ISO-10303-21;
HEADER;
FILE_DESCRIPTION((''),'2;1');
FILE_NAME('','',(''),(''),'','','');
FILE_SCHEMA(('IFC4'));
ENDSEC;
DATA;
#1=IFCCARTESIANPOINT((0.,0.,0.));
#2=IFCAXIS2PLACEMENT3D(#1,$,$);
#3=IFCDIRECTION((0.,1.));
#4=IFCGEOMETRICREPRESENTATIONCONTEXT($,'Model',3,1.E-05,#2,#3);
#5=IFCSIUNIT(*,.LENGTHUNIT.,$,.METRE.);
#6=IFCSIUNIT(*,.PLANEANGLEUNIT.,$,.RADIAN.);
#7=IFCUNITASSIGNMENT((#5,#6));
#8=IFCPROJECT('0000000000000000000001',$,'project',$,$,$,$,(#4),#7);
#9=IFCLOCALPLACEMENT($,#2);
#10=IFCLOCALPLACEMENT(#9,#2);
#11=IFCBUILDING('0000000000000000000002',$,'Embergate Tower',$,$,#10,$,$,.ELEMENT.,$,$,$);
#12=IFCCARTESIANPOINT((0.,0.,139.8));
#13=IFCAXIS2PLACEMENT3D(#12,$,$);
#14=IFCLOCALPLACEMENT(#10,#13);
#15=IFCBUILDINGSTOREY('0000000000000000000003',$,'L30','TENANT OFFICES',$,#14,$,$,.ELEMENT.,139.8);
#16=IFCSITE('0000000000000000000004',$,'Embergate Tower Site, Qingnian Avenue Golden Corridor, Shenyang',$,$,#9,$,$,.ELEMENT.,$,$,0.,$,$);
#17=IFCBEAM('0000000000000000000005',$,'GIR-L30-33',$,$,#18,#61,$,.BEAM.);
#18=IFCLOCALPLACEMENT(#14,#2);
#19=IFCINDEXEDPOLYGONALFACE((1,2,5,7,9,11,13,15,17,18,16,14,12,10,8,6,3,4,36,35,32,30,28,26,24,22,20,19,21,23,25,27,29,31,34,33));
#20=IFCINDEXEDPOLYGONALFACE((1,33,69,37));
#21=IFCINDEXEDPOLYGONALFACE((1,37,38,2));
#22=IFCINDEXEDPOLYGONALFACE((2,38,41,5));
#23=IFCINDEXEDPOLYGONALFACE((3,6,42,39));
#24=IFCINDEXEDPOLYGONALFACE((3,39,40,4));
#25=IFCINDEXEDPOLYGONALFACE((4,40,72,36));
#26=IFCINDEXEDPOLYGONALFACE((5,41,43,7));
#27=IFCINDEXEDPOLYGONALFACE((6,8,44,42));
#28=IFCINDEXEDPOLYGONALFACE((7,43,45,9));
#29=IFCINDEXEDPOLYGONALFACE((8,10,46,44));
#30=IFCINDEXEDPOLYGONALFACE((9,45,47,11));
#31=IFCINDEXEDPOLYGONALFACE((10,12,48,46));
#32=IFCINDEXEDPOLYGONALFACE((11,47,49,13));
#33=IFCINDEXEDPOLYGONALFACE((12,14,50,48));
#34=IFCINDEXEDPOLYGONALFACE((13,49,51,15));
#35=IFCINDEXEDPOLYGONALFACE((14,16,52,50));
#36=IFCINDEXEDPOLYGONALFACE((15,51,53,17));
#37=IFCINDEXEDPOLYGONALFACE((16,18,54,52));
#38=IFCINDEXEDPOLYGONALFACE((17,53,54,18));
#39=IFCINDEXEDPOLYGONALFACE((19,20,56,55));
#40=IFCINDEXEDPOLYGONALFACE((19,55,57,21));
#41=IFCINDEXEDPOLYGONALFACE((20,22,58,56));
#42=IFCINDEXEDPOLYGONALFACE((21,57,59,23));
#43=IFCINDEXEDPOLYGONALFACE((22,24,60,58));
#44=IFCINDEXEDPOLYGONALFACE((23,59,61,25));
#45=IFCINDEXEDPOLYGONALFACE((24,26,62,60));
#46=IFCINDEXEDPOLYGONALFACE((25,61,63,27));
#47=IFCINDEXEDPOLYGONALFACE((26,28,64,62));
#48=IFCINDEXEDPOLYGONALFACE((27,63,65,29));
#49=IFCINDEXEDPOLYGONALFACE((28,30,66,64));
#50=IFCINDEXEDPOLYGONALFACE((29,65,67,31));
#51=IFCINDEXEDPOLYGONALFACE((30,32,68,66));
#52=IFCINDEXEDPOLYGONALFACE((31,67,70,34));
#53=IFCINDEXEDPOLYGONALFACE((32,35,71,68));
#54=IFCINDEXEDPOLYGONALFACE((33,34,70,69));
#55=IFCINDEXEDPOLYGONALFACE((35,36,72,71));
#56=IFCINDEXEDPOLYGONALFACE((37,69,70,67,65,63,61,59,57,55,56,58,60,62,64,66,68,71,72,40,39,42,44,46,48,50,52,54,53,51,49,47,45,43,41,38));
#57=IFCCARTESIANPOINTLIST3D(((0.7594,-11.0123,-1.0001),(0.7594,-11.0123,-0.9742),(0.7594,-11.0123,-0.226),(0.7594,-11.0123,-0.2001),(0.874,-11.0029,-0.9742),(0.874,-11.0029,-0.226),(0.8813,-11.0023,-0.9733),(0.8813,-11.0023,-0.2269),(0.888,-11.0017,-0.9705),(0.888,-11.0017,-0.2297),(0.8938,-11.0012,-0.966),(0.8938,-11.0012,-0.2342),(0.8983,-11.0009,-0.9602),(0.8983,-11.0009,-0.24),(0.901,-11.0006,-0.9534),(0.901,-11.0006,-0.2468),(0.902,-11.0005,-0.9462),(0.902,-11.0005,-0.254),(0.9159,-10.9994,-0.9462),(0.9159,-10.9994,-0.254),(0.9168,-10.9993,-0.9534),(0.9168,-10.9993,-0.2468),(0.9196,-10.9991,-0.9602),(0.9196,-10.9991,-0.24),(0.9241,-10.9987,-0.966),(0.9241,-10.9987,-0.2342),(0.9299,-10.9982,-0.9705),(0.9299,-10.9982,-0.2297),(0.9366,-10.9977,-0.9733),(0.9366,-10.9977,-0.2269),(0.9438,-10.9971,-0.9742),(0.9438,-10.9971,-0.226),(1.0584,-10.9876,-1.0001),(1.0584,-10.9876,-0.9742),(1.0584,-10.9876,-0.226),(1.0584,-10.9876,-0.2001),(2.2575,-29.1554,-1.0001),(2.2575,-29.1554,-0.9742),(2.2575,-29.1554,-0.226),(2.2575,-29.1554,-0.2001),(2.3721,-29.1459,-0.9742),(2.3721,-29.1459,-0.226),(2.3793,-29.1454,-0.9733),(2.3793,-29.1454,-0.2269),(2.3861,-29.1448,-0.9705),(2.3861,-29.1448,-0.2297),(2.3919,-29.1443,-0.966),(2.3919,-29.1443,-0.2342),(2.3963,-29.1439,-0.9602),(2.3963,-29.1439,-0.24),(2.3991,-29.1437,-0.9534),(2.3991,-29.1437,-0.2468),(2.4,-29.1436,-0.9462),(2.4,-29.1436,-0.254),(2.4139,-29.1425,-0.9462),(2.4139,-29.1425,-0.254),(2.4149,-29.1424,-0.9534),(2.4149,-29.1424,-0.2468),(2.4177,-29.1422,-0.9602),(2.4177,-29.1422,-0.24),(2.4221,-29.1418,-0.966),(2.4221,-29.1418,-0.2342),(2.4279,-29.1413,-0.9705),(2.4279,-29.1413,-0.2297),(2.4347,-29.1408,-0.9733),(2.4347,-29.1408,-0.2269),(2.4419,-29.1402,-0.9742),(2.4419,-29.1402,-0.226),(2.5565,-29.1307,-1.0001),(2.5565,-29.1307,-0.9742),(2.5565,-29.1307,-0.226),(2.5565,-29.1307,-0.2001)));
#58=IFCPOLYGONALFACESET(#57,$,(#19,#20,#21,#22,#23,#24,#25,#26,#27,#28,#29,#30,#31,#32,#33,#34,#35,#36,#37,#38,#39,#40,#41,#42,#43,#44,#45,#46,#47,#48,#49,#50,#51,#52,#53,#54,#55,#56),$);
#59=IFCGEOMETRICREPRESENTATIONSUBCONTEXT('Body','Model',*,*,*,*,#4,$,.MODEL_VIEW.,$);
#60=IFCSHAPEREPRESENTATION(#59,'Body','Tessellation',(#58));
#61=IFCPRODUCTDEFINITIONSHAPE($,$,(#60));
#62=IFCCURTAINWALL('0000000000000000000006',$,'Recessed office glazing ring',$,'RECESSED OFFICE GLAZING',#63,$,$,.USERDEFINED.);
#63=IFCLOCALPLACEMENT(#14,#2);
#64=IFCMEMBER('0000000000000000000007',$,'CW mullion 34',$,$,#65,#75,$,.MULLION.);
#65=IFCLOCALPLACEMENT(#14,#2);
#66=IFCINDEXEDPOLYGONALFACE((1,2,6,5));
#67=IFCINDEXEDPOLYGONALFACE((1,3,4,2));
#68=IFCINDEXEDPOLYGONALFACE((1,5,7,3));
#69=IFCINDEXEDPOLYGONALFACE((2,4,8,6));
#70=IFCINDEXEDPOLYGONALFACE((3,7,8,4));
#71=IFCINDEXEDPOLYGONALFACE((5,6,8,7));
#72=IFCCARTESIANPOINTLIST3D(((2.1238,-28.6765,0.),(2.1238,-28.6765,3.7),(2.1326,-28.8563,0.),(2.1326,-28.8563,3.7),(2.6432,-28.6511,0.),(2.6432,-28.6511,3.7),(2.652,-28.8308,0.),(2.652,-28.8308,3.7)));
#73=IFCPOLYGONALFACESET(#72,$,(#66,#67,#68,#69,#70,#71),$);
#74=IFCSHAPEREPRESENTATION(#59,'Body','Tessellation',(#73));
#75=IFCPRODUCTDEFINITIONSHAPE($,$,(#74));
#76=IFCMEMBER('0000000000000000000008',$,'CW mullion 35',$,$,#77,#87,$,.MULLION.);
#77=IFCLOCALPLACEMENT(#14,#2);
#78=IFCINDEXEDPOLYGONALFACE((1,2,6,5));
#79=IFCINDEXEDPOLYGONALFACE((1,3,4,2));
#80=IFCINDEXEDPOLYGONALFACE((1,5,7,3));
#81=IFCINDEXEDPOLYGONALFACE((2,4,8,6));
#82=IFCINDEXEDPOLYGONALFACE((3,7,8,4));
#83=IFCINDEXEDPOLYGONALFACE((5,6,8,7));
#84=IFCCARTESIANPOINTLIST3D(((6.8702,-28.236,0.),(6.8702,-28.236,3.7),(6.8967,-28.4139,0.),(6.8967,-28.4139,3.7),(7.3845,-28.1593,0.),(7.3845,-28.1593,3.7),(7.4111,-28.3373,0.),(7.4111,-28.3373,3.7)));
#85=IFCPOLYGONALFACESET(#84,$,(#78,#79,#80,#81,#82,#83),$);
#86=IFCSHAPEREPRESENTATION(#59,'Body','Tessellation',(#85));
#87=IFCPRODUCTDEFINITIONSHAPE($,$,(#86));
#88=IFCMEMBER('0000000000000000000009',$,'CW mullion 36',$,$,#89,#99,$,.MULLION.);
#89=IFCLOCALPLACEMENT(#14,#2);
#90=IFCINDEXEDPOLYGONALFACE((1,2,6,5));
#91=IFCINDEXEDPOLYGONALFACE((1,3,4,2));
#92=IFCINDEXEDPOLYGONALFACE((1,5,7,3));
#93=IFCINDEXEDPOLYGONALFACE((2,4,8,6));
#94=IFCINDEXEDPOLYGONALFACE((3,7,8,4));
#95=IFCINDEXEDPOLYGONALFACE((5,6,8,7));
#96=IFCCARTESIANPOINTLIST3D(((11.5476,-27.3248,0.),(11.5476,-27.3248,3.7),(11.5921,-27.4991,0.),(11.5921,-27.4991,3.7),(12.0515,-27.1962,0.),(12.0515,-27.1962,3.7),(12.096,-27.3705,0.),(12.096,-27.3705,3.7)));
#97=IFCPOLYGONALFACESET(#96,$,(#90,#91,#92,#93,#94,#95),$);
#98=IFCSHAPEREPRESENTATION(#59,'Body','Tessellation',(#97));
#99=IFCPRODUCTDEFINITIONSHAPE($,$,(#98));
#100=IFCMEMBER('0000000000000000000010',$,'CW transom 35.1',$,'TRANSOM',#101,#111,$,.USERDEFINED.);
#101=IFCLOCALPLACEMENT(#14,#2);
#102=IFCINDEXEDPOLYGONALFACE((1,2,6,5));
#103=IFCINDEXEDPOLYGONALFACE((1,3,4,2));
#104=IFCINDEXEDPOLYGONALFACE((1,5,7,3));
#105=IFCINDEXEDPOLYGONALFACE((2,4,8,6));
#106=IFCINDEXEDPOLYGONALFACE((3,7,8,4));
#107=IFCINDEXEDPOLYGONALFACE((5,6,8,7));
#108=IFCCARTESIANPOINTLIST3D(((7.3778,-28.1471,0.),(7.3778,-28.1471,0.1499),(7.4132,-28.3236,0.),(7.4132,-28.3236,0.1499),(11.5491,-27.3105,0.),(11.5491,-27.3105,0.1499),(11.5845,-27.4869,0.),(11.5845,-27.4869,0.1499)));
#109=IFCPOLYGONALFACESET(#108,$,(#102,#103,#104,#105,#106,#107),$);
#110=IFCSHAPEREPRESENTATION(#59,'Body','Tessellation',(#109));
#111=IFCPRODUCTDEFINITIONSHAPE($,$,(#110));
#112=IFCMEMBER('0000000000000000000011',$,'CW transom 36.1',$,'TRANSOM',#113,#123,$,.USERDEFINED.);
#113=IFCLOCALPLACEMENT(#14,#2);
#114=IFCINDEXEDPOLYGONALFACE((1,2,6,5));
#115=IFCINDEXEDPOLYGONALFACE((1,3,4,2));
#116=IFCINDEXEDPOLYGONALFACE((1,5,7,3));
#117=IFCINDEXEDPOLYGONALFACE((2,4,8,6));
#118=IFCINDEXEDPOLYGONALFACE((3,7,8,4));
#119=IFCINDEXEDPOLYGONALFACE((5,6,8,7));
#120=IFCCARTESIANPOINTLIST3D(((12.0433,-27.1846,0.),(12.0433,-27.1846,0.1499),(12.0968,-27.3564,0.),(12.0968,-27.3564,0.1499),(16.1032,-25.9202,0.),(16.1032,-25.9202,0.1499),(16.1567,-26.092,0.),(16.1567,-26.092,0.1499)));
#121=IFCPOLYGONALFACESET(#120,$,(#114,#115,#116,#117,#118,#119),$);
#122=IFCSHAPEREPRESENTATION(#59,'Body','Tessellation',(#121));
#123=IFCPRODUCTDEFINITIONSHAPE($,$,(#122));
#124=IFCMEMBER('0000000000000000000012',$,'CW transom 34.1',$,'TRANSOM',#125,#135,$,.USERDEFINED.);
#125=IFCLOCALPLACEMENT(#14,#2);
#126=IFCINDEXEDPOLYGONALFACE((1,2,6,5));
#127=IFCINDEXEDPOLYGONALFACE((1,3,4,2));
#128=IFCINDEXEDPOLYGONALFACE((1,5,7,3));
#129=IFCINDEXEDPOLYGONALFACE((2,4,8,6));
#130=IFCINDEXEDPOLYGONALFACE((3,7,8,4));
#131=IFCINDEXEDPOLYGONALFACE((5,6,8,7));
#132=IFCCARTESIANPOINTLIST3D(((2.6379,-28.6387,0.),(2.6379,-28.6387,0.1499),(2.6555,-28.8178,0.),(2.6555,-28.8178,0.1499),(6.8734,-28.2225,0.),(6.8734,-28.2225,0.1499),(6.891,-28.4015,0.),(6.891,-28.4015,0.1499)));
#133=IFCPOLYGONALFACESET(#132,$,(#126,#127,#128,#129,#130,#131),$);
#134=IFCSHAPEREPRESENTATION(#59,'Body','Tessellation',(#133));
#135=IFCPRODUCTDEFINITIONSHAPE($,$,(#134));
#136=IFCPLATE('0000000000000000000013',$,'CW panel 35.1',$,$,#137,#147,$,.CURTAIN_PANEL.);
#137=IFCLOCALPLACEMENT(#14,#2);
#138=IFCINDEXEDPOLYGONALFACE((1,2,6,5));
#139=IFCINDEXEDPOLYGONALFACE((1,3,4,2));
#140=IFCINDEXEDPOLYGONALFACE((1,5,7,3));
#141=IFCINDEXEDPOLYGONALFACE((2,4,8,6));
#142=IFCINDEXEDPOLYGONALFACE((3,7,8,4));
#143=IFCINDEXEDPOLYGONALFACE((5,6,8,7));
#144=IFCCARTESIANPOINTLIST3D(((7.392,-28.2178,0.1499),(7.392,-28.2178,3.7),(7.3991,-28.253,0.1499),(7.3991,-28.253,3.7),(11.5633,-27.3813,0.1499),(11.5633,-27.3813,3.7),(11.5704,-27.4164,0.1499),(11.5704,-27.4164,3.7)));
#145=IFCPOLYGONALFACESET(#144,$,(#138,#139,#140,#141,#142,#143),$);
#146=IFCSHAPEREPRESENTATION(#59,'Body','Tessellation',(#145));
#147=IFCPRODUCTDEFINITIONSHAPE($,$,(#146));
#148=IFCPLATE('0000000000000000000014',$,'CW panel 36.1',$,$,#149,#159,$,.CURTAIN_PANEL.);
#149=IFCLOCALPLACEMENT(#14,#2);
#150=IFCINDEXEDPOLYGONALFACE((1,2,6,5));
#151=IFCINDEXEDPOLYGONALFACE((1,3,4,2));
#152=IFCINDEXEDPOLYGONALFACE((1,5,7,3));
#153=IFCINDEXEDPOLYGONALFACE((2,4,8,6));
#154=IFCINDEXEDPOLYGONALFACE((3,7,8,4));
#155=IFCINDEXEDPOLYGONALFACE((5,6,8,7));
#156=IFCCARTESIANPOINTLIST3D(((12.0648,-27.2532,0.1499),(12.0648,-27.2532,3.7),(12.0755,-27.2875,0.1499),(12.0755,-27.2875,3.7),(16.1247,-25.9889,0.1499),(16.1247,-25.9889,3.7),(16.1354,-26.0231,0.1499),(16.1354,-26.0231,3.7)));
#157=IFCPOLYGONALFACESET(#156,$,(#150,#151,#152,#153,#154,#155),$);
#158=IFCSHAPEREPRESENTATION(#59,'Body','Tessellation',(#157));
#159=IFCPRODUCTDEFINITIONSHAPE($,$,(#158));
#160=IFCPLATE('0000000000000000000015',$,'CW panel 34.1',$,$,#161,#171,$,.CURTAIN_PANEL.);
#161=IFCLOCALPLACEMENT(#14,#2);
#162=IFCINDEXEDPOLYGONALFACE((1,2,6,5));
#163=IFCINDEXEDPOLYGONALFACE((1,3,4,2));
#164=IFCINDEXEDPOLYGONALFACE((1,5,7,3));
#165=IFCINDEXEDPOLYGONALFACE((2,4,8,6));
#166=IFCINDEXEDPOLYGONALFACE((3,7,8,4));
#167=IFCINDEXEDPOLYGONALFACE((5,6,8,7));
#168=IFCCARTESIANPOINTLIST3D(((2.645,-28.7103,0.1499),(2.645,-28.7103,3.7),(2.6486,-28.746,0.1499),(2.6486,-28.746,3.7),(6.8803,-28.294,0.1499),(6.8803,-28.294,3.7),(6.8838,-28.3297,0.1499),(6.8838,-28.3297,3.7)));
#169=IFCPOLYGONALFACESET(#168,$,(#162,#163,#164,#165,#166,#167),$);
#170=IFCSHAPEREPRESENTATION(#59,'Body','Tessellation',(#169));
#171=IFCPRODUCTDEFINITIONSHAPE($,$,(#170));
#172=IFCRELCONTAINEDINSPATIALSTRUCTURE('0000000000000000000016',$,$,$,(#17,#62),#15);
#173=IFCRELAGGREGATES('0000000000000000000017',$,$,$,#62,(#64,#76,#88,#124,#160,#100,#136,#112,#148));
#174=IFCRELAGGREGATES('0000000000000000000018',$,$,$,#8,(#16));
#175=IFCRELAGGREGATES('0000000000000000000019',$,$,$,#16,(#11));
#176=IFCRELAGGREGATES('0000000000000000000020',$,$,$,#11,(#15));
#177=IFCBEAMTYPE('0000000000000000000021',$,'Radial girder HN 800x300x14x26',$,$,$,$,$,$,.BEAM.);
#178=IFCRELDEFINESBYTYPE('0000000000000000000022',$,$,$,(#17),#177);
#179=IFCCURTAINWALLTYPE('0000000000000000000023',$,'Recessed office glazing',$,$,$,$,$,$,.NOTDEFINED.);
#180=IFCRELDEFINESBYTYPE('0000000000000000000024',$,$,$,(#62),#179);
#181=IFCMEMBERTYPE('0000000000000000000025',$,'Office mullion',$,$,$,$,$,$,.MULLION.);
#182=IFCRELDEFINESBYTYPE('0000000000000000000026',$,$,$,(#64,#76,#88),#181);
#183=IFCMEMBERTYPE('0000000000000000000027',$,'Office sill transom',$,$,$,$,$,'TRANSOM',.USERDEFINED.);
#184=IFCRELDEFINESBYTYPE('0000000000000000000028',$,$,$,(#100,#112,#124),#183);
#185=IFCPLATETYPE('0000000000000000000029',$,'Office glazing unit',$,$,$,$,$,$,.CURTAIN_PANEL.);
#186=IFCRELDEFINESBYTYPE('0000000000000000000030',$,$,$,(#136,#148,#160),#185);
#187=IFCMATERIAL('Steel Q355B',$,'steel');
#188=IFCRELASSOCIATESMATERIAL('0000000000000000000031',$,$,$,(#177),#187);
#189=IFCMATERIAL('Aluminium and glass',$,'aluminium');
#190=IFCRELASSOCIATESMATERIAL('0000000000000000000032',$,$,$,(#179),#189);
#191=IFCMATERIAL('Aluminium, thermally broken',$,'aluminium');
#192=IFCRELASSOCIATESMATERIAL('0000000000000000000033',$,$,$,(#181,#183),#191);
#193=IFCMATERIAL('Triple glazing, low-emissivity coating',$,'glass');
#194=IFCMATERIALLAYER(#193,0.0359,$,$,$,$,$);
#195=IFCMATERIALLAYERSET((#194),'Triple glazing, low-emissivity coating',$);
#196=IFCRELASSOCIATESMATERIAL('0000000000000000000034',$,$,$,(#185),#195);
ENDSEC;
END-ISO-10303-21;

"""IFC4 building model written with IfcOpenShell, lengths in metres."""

from ifc_helpers import new_model, si_unit, direction, frame, origin, origin_2d, place, context, subcontext, project, spatial, rectangle, i_section, extrude, source, transform, mapped, material, layer, layer_set, material_profile, profile_set, type_object, element, aggregate, save


model = new_model("IFC4")

# Units and contexts
model_context = context("Model", 3, precision=1e-05, world=origin(), true_north=direction((0.0, 1.0)))
body_context = subcontext(model_context, "Body", "Model", "MODEL_VIEW")
ifc_project = project(units=[si_unit("LENGTHUNIT", "METRE"), si_unit("PLANEANGLEUNIT", "RADIAN")], contexts=[model_context])

# Site, building, storey
site_placement = place(None, origin())
site = spatial("IfcSite", under=ifc_project, at=site_placement, Name="Embergate Tower Site, Qingnian Avenue Golden Corridor, Shenyang", CompositionType="ELEMENT", RefElevation=0.0)
building_placement = place(site_placement, origin())
building = spatial("IfcBuilding", under=site, at=building_placement, Name="Embergate Tower", CompositionType="ELEMENT")
storey_placement = place(building_placement, frame((0.0, 0.0, 139.8)))
storey = spatial("IfcBuildingStorey", under=building, at=storey_placement, Name="L30", Description="TENANT OFFICES", CompositionType="ELEMENT", Elevation=139.8)

# Beam
ifc_material_1 = material(Name="Steel Q355B", Category="steel")
ifc_material_profile_1 = material_profile(ifc_material_1, i_section(OverallWidth=0.3, OverallDepth=0.8, WebThickness=0.0139, FlangeThickness=0.0259, FilletRadius=0.0281, at=origin_2d()), Name="HN 800x300x14x26")
ifc_profile_set_1 = profile_set([ifc_material_profile_1], Name="Steel Q355 grade B")
beam_type_1 = type_object("IfcBeamType", Name="Radial girder HN 800x300x14x26", PredefinedType="BEAM", material=ifc_profile_set_1)
shared_shape_1 = source(origin(), body_context, "Body", "SweptSolid", [
    extrude(i_section(OverallWidth=0.3, OverallDepth=0.8, WebThickness=0.0139, FlangeThickness=0.0259, FilletRadius=0.0281, at=origin_2d()), origin(), (0.0, 0.0, 1.0), 18.2048),
])
beam_1_placement = place(storey_placement, frame((2.407, -29.1431, -0.6001), z_axis=(-0.082289, 0.996609, 0.0), x_axis=(-0.996609, -0.082289, 0.0)))
element("IfcBeam", 1, at=beam_1_placement, inside=storey, type_object=beam_type_1, Name="GIR-L30-33", PredefinedType="BEAM", context=body_context, shape_type="MappedRepresentation", body=[
    mapped(shared_shape_1, transform((0.0, 0.0, 0.0))),
])

# Curtain wall, members
ifc_material_2 = material(Name="Aluminium and glass", Category="aluminium")
curtain_wall_type = type_object("IfcCurtainWallType", Name="Recessed office glazing", PredefinedType="NOTDEFINED", material=ifc_material_2)
curtain_wall_placement = place(storey_placement, origin())
curtain_wall = element("IfcCurtainWall", 2, at=curtain_wall_placement, inside=storey, type_object=curtain_wall_type, Name="Recessed office glazing ring", ObjectType="RECESSED OFFICE GLAZING", PredefinedType="USERDEFINED")
ifc_material_3 = material(Name="Aluminium, thermally broken", Category="aluminium")
ifc_material_profile_2 = material_profile(ifc_material_3, rectangle(XDim=0.1799, YDim=0.52, at=origin_2d()), Name="AL 520x180")
ifc_profile_set_2 = profile_set([ifc_material_profile_2], Name="Aluminium, thermally broken")
member_type_1 = type_object("IfcMemberType", Name="Office mullion", PredefinedType="MULLION", material=ifc_profile_set_2)
shared_shape_2 = source(origin(), body_context, "Body", "SweptSolid", [
    extrude(rectangle(XDim=0.1799, YDim=0.52, at=origin_2d()), origin(), (0.0, 0.0, 1.0), 3.7),
])
member_1_placement = place(storey_placement, frame((2.3879, -28.7537, 0.0), z_axis=(0.0, 0.0, 1.0), x_axis=(-0.048972, 0.9988, 0.0)))
member_1 = element("IfcMember", 3, at=member_1_placement, type_object=member_type_1, Name="CW mullion 34", PredefinedType="MULLION", context=body_context, shape_type="MappedRepresentation", body=[
    mapped(shared_shape_2, transform((0.0, 0.0, 0.0))),
])
member_2_placement = place(storey_placement, frame((7.1406, -28.2866, 0.0), z_axis=(0.0, 0.0, 1.0), x_axis=(-0.147411, 0.989075, 0.0)))
member_2 = element("IfcMember", 4, at=member_2_placement, type_object=member_type_1, Name="CW mullion 35", PredefinedType="MULLION", context=body_context, shape_type="MappedRepresentation", body=[
    mapped(shared_shape_2, transform((0.0, 0.0, 0.0))),
])
member_3_placement = place(storey_placement, frame((11.8218, -27.3477, 0.0), z_axis=(0.0, 0.0, 1.0), x_axis=(-0.24731, 0.968936, 0.0)))
member_3 = element("IfcMember", 5, at=member_3_placement, type_object=member_type_1, Name="CW mullion 36", PredefinedType="MULLION", context=body_context, shape_type="MappedRepresentation", body=[
    mapped(shared_shape_2, transform((0.0, 0.0, 0.0))),
])
ifc_material_profile_3 = material_profile(ifc_material_3, rectangle(XDim=0.1799, YDim=0.1499, at=origin_2d()), Name="AL 150x180")
ifc_profile_set_3 = profile_set([ifc_material_profile_3], Name="Aluminium, thermally broken")
member_type_2 = type_object("IfcMemberType", Name="Office sill transom", ElementType="TRANSOM", PredefinedType="USERDEFINED", material=ifc_profile_set_3)
shared_shape_3 = source(origin(), body_context, "Body", "SweptSolid", [
    extrude(rectangle(XDim=0.1799, YDim=0.1499, at=origin_2d()), origin(), (0.0, 0.0, 1.0), 4.2544),
])
member_4_placement = place(storey_placement, frame((7.3955, -28.2354, 0.075), z_axis=(0.980472, 0.196657, 0.0), x_axis=(-0.196657, 0.980472, 0.0)))
member_4 = element("IfcMember", 6, at=member_4_placement, type_object=member_type_2, Name="CW transom 35.1", ObjectType="TRANSOM", PredefinedType="USERDEFINED", context=body_context, shape_type="MappedRepresentation", body=[
    mapped(shared_shape_3, transform((0.0, 0.0, 0.0))),
])
shared_shape_4 = source(origin(), body_context, "Body", "SweptSolid", [
    extrude(rectangle(XDim=0.1799, YDim=0.1499, at=origin_2d()), origin(), (0.0, 0.0, 1.0), 4.2522),
])
member_5_placement = place(storey_placement, frame((12.0701, -27.2705, 0.075), z_axis=(0.954767, 0.297356, 0.0), x_axis=(-0.297356, 0.954767, 0.0)))
member_5 = element("IfcMember", 7, at=member_5_placement, type_object=member_type_2, Name="CW transom 36.1", ObjectType="TRANSOM", PredefinedType="USERDEFINED", context=body_context, shape_type="MappedRepresentation", body=[
    mapped(shared_shape_4, transform((0.0, 0.0, 0.0))),
])
shared_shape_5 = source(origin(), body_context, "Body", "SweptSolid", [
    extrude(rectangle(XDim=0.1799, YDim=0.1499, at=origin_2d()), origin(), (0.0, 0.0, 1.0), 4.2559),
])
member_6_placement = place(storey_placement, frame((2.6467, -28.7283, 0.075), z_axis=(0.995205, 0.097811, 0.0), x_axis=(-0.097811, 0.995205, 0.0)))
member_6 = element("IfcMember", 8, at=member_6_placement, type_object=member_type_2, Name="CW transom 34.1", ObjectType="TRANSOM", PredefinedType="USERDEFINED", context=body_context, shape_type="MappedRepresentation", body=[
    mapped(shared_shape_5, transform((0.0, 0.0, 0.0))),
])

# Plates
ifc_material_4 = material(Name="Triple glazing, low-emissivity coating", Category="glass")
ifc_layer_1 = layer(ifc_material_4, 0.0359)
ifc_layer_set_1 = layer_set([ifc_layer_1], Name="Triple glazing, low-emissivity coating")
plate_type = type_object("IfcPlateType", Name="Office glazing unit", PredefinedType="CURTAIN_PANEL", material=ifc_layer_set_1)
shared_shape_6 = source(origin(), body_context, "Body", "SweptSolid", [
    extrude(rectangle(XDim=4.2544, YDim=0.0359, at=origin_2d()), origin(), (0.0, 0.0, 1.0), 3.55),
])
plate_1_placement = place(storey_placement, frame((9.4812, -27.8171, 0.1499), z_axis=(0.0, 0.0, 1.0), x_axis=(0.980476, 0.196638, 0.0)))
plate_1 = element("IfcPlate", 9, at=plate_1_placement, type_object=plate_type, Name="CW panel 35.1", PredefinedType="CURTAIN_PANEL", context=body_context, shape_type="MappedRepresentation", body=[
    mapped(shared_shape_6, transform((0.0, 0.0, 0.0))),
])
shared_shape_7 = source(origin(), body_context, "Body", "SweptSolid", [
    extrude(rectangle(XDim=4.2522, YDim=0.0359, at=origin_2d()), origin(), (0.0, 0.0, 1.0), 3.55),
])
plate_2_placement = place(storey_placement, frame((14.1001, -26.6382, 0.1499), z_axis=(0.0, 0.0, 1.0), x_axis=(0.954773, 0.297337, 0.0)))
plate_2 = element("IfcPlate", 10, at=plate_2_placement, type_object=plate_type, Name="CW panel 36.1", PredefinedType="CURTAIN_PANEL", context=body_context, shape_type="MappedRepresentation", body=[
    mapped(shared_shape_7, transform((0.0, 0.0, 0.0))),
])
shared_shape_8 = source(origin(), body_context, "Body", "SweptSolid", [
    extrude(rectangle(XDim=4.2556, YDim=0.0359, at=origin_2d()), origin(), (0.0, 0.0, 1.0), 3.55),
])
plate_3_placement = place(storey_placement, frame((4.7644, -28.52, 0.1499), z_axis=(0.0, 0.0, 1.0), x_axis=(0.995203, 0.097828, 0.0)))
plate_3 = element("IfcPlate", 11, at=plate_3_placement, type_object=plate_type, Name="CW panel 34.1", PredefinedType="CURTAIN_PANEL", context=body_context, shape_type="MappedRepresentation", body=[
    mapped(shared_shape_8, transform((0.0, 0.0, 0.0))),
])
aggregate(curtain_wall, [member_1, member_2, member_3, member_6, plate_3, member_4, plate_1, member_5, plate_2])

save(model, "model.ifc")
